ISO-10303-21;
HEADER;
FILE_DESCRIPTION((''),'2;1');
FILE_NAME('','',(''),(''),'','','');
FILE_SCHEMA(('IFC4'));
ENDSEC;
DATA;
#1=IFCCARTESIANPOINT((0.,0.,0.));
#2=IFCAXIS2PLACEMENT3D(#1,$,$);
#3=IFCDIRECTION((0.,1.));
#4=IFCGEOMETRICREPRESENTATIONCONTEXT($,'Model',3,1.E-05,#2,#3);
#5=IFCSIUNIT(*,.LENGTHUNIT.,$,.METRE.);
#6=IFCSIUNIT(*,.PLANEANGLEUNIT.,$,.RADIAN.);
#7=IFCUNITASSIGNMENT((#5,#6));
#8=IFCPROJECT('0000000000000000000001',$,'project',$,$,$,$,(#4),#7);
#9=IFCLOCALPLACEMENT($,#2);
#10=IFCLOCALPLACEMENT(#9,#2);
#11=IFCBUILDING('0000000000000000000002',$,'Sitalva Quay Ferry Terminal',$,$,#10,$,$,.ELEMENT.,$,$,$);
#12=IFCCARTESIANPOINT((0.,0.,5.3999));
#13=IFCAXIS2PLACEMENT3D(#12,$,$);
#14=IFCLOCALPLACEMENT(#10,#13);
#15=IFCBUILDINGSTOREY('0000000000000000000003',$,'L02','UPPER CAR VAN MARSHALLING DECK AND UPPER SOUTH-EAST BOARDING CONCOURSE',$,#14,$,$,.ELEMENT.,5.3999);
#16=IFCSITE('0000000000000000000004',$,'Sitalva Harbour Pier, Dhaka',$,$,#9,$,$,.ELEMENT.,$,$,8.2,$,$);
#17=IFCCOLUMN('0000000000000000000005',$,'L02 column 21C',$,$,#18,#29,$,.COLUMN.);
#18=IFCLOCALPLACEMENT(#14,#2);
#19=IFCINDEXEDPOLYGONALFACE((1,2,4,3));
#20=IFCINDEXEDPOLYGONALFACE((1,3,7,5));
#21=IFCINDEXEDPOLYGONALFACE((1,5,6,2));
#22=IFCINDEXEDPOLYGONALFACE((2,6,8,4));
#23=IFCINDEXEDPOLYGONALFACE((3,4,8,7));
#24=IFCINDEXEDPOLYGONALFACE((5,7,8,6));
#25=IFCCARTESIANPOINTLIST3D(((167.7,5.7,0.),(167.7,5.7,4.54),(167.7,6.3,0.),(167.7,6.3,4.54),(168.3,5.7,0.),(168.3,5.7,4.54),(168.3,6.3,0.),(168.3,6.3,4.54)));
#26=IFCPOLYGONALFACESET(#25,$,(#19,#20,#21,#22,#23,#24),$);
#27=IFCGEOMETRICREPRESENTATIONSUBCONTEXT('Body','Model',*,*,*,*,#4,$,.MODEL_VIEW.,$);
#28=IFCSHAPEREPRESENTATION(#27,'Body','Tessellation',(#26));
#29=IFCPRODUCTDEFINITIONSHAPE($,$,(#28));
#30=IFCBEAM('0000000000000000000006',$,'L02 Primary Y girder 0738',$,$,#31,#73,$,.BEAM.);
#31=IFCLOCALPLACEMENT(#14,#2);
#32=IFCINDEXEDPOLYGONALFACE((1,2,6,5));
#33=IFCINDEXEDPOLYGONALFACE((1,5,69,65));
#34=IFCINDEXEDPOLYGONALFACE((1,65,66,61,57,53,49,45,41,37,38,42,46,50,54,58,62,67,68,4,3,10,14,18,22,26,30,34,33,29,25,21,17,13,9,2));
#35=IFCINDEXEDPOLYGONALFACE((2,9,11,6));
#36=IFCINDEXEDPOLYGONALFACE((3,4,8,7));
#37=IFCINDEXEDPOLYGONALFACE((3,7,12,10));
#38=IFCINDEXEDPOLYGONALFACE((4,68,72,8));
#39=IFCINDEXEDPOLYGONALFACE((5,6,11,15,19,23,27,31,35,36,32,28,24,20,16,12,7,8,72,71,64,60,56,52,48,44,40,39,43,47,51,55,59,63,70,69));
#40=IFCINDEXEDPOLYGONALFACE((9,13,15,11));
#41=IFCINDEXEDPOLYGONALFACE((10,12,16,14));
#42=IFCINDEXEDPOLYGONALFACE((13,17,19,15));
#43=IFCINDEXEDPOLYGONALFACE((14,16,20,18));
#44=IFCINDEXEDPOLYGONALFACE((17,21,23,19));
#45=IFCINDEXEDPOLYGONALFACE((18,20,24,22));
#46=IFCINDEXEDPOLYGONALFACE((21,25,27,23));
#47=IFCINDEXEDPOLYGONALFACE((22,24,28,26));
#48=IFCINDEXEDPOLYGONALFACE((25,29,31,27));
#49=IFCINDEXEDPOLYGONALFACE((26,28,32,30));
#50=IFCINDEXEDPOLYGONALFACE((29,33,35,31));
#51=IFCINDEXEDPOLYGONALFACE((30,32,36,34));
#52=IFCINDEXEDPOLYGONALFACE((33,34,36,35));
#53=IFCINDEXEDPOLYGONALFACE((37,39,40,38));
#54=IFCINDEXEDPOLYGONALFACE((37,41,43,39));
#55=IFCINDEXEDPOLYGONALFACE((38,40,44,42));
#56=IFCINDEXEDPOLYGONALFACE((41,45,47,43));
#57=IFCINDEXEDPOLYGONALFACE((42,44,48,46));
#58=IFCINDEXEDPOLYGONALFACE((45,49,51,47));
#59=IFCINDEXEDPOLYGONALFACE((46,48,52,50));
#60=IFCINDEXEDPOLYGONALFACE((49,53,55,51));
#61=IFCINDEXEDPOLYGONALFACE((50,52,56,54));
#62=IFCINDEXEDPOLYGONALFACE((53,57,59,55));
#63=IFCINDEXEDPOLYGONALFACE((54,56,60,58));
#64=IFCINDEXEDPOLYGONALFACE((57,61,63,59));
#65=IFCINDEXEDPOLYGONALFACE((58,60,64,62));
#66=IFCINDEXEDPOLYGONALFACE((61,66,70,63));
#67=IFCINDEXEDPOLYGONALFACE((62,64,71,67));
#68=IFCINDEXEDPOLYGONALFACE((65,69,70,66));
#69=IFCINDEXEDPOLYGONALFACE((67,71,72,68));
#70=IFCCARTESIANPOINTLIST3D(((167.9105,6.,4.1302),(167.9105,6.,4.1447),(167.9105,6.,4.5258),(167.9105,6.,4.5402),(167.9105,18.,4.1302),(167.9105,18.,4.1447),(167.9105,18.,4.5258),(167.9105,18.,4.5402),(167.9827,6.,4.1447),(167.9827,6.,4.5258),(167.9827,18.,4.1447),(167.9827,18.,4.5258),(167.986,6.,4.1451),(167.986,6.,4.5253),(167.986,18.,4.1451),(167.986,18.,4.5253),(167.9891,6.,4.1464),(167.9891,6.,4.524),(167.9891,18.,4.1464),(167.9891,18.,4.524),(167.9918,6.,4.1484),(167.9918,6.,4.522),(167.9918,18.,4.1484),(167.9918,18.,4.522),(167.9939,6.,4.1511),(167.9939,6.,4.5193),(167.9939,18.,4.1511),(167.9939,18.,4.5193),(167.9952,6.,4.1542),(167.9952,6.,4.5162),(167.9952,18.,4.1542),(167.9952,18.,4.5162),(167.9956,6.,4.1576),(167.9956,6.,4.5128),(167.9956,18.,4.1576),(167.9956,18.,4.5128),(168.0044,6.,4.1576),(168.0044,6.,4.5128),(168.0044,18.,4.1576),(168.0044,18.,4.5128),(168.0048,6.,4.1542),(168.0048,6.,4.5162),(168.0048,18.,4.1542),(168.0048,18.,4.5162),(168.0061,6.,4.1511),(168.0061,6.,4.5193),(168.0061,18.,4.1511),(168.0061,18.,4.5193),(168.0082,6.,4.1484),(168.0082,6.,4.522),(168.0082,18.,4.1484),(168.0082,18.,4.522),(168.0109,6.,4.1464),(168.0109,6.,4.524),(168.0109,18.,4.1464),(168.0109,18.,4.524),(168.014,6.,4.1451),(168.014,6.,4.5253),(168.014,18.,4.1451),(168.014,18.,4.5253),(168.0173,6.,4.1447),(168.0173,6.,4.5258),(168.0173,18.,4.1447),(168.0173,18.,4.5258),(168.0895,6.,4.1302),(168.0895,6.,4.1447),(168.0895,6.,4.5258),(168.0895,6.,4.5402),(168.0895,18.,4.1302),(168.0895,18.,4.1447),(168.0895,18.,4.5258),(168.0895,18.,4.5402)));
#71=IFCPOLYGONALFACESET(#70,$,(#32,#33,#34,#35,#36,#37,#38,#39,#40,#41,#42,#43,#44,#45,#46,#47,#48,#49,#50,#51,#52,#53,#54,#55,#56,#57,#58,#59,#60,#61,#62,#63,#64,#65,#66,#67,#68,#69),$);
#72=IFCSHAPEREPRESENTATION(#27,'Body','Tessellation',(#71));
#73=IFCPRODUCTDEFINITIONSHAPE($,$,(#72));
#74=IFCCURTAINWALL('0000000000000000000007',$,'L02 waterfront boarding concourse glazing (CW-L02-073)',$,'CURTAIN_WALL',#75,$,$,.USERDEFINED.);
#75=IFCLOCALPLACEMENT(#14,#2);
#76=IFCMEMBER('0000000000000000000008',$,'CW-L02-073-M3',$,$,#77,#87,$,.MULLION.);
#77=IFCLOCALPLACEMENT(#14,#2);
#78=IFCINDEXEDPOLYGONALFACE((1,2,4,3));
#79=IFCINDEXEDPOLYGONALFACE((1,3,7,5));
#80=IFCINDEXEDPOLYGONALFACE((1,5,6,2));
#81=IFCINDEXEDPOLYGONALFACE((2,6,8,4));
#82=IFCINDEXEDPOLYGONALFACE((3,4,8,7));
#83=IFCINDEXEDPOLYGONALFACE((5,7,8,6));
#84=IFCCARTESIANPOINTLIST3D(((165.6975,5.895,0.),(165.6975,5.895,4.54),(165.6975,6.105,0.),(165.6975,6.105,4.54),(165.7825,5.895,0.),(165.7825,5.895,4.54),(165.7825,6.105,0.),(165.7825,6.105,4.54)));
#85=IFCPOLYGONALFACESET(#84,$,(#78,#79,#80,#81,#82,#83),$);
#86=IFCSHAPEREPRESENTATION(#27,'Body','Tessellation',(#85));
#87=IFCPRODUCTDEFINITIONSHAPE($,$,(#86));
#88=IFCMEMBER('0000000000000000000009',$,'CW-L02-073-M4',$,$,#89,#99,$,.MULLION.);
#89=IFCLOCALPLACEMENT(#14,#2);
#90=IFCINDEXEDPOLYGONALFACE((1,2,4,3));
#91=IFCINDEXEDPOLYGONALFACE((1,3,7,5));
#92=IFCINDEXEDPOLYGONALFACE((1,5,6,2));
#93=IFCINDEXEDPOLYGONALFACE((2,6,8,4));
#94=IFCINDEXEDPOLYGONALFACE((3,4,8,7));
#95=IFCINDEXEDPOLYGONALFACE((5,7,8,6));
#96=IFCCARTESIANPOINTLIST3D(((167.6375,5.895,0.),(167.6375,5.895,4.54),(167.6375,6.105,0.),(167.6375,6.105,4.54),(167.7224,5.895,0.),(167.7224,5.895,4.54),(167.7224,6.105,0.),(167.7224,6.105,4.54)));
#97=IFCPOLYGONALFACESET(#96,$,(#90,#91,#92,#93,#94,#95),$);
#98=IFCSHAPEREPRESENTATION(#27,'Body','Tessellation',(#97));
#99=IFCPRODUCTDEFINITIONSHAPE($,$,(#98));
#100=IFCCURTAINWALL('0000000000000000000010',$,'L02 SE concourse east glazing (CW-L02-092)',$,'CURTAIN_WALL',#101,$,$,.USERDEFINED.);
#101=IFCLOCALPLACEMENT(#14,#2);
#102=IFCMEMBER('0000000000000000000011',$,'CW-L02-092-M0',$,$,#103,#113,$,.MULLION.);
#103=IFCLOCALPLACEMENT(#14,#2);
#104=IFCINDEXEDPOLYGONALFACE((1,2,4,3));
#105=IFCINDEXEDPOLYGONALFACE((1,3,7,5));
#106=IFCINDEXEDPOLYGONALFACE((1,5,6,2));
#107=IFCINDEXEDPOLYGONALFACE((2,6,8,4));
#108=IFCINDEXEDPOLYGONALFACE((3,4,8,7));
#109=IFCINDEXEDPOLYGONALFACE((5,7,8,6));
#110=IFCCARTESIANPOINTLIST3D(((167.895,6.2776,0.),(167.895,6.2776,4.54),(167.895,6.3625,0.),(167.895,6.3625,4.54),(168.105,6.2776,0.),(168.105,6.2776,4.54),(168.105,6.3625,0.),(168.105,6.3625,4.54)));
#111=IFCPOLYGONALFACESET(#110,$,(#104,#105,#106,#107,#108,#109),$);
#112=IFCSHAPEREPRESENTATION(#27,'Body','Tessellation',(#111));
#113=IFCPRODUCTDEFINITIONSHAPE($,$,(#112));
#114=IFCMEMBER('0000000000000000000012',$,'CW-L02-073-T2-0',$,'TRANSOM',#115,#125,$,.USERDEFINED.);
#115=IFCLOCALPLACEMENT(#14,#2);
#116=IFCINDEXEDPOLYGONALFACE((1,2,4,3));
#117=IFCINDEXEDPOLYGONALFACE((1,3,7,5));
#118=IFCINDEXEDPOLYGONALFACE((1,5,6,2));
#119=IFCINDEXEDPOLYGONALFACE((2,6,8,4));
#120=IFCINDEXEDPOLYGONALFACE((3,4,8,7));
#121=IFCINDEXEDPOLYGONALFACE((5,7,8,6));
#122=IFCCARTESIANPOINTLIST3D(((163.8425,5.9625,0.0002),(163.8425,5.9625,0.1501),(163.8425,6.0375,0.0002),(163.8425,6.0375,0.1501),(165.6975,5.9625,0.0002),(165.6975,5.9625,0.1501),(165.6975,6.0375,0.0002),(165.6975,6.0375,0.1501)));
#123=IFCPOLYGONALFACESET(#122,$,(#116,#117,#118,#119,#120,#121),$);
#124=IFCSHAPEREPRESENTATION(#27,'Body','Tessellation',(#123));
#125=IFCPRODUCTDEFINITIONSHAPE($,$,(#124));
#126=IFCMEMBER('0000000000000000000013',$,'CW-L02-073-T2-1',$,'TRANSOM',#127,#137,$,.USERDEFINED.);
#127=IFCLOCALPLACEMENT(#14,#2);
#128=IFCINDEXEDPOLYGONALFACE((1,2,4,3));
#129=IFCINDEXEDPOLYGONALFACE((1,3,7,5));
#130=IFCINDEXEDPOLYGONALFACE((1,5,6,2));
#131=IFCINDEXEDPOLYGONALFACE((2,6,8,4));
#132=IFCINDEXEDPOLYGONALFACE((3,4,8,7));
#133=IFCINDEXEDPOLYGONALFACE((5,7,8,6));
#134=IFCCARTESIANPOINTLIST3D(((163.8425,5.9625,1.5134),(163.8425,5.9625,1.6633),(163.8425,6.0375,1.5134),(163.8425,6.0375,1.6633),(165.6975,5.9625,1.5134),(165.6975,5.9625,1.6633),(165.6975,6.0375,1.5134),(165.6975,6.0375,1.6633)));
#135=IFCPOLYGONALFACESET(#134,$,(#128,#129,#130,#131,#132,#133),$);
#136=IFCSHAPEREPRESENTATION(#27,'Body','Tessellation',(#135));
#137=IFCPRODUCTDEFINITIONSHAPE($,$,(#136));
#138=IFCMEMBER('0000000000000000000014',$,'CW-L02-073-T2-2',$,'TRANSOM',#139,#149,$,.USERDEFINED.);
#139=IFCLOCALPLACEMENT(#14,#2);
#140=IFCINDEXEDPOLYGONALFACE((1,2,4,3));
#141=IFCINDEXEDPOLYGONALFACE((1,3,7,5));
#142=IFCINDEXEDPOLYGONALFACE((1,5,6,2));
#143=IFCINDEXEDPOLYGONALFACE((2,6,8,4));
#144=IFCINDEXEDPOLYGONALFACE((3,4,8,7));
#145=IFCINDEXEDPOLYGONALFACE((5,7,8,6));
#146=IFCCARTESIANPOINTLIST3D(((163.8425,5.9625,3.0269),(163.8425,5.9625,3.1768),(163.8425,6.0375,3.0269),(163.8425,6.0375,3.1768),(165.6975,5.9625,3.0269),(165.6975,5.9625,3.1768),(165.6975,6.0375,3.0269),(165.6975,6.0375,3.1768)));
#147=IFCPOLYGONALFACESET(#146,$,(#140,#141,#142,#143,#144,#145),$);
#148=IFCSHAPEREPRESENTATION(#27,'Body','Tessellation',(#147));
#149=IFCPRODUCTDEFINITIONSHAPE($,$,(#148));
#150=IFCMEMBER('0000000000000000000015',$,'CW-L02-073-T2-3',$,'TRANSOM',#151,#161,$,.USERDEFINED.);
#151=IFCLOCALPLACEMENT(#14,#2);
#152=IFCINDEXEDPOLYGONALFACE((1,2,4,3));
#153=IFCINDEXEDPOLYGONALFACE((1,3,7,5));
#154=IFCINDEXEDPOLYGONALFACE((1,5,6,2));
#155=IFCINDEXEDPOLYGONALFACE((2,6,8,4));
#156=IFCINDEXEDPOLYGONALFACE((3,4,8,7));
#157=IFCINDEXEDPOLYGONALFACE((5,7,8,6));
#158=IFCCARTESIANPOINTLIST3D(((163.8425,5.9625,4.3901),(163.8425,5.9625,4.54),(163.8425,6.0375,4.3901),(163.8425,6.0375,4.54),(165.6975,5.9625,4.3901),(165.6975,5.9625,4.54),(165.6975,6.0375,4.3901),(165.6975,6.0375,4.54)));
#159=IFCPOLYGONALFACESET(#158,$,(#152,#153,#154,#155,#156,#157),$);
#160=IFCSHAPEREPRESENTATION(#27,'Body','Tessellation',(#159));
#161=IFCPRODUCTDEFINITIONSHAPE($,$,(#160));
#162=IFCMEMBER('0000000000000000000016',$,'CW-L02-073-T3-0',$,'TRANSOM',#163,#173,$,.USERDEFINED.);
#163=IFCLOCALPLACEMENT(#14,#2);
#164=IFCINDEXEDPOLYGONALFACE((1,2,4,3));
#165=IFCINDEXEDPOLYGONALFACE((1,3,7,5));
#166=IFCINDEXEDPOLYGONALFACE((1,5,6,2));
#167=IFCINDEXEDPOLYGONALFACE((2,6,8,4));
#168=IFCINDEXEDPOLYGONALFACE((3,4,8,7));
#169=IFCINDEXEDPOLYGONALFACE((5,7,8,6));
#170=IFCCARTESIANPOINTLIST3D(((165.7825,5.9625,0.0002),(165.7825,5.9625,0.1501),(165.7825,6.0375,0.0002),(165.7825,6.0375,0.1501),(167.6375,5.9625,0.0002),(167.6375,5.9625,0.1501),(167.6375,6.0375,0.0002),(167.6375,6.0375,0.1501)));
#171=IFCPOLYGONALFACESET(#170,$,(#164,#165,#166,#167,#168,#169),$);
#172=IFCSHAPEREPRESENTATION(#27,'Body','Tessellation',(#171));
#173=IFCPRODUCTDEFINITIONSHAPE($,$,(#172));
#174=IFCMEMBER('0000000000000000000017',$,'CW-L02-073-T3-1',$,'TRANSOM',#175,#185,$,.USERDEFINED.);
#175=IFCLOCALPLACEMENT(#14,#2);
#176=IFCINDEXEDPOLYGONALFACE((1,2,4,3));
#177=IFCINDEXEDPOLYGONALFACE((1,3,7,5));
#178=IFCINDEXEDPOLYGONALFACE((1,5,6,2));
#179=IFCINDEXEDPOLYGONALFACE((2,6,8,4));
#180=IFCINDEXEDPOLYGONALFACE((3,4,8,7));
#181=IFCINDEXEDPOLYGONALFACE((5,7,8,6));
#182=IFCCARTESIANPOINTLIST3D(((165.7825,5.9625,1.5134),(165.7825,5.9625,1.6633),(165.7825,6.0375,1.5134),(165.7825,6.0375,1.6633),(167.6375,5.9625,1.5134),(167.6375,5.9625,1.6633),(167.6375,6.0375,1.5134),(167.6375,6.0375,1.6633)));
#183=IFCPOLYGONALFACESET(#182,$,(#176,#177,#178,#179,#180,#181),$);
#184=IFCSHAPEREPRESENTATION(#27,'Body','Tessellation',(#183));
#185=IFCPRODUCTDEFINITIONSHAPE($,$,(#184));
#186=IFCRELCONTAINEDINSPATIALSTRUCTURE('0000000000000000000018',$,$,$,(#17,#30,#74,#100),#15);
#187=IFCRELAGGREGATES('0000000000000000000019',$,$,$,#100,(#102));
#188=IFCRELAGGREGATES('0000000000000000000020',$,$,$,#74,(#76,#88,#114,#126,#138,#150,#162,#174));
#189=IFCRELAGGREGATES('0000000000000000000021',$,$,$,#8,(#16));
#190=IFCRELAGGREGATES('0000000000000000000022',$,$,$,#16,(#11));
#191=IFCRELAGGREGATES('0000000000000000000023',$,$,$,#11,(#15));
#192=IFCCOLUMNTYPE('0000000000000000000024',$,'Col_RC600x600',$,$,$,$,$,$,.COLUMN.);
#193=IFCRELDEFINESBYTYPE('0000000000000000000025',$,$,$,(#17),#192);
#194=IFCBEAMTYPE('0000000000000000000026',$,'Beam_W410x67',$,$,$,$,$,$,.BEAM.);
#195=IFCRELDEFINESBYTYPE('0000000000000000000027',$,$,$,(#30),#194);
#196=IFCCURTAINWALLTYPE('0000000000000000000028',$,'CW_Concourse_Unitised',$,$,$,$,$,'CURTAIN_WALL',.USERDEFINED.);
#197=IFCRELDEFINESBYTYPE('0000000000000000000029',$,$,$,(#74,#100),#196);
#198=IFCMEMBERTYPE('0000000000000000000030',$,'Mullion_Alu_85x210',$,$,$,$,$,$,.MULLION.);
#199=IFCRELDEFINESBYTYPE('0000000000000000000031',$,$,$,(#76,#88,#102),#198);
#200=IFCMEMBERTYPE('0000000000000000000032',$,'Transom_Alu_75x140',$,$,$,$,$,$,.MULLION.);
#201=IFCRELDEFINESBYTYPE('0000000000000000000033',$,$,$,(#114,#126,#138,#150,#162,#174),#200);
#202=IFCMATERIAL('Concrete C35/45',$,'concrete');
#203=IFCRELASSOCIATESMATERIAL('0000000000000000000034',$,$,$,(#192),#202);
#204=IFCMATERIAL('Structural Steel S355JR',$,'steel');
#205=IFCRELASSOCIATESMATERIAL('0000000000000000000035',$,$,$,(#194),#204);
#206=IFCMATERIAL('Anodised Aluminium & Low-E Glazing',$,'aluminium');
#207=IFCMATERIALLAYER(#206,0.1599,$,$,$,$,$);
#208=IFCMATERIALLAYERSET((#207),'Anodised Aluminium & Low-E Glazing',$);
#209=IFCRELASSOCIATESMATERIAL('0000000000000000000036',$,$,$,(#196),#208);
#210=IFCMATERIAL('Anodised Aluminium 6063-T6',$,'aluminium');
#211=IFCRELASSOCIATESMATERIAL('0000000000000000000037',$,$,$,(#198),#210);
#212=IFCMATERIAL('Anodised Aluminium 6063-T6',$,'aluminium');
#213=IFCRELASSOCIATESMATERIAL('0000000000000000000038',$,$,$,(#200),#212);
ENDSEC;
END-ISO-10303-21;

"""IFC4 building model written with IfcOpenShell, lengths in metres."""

from ifc_helpers import new_model, si_unit, direction, frame, origin, origin_2d, place, context, subcontext, project, spatial, rectangle, i_section, extrude, material, layer, layer_set, material_profile, profile_set, type_object, element, aggregate, save


model = new_model("IFC4")

# Units and contexts
model_context = context("Model", 3, precision=1e-05, world=origin(), true_north=direction((0.0, 1.0)))
body_context = subcontext(model_context, "Body", "Model", "MODEL_VIEW")
ifc_project = project(units=[si_unit("LENGTHUNIT", "METRE"), si_unit("PLANEANGLEUNIT", "RADIAN")], contexts=[model_context])

# Site, building, storey
site_placement = place(None, origin())
site = spatial("IfcSite", under=ifc_project, at=site_placement, Name="Sitalva Harbour Pier, Dhaka", CompositionType="ELEMENT", RefElevation=8.2)
building_placement = place(site_placement, origin())
building = spatial("IfcBuilding", under=site, at=building_placement, Name="Sitalva Quay Ferry Terminal", CompositionType="ELEMENT")
storey_placement = place(building_placement, frame((0.0, 0.0, 5.3999)))
storey = spatial("IfcBuildingStorey", under=building, at=storey_placement, Name="L02", Description="UPPER CAR VAN MARSHALLING DECK AND UPPER SOUTH-EAST BOARDING CONCOURSE", CompositionType="ELEMENT", Elevation=5.3999)

# Column
ifc_material_1 = material(Name="Concrete C35/45", Category="concrete")
ifc_material_profile_1 = material_profile(ifc_material_1, rectangle(XDim=0.6001, YDim=0.6001, at=origin_2d()), Name="RC600x600")
ifc_profile_set_1 = profile_set([ifc_material_profile_1], Name="Concrete C35/45")
column_type = type_object("IfcColumnType", Name="Col_RC600x600", PredefinedType="COLUMN", material=ifc_profile_set_1)
column_placement = place(storey_placement, frame((168.0, 6.0, 0.0), z_axis=(0.0, 0.0, 1.0), x_axis=(1.0, 0.0, 0.0)))
element("IfcColumn", 1, at=column_placement, inside=storey, type_object=column_type, Name="L02 column 21C", PredefinedType="COLUMN", context=body_context, shape_type="SweptSolid", body=[
    extrude(rectangle(XDim=0.6001, YDim=0.6001, at=origin_2d()), origin(), (0.0, 0.0, 1.0), 4.54),
])

# Beam
ifc_material_2 = material(Name="Structural Steel S355JR", Category="steel")
ifc_material_profile_2 = material_profile(ifc_material_2, i_section(OverallWidth=0.179, OverallDepth=0.4099, WebThickness=0.0088, FlangeThickness=0.0144, FilletRadius=0.0129, at=origin_2d()), Name="W410x67")
ifc_profile_set_2 = profile_set([ifc_material_profile_2], Name="Structural Steel S355JR")
beam_type = type_object("IfcBeamType", Name="Beam_W410x67", PredefinedType="BEAM", material=ifc_profile_set_2)
beam_placement = place(storey_placement, frame((168.0, 6.0, 4.3352), z_axis=(0.0, 1.0, 0.0), x_axis=(-1.0, 0.0, 0.0)))
element("IfcBeam", 2, at=beam_placement, inside=storey, type_object=beam_type, Name="L02 Primary Y girder 0738", PredefinedType="BEAM", context=body_context, shape_type="SweptSolid", body=[
    extrude(i_section(OverallWidth=0.179, OverallDepth=0.4099, WebThickness=0.0088, FlangeThickness=0.0144, FilletRadius=0.0129, at=origin_2d()), origin(), (0.0, 0.0, 1.0), 12.0),
])

# Curtain wall, members
ifc_material_3 = material(Name="Anodised Aluminium & Low-E Glazing", Category="aluminium")
ifc_layer_1 = layer(ifc_material_3, 0.1599)
ifc_layer_set_1 = layer_set([ifc_layer_1], Name="Anodised Aluminium & Low-E Glazing")
curtain_wall_type = type_object("IfcCurtainWallType", Name="CW_Concourse_Unitised", ElementType="CURTAIN_WALL", PredefinedType="USERDEFINED", material=ifc_layer_set_1)
curtain_wall_1_placement = place(storey_placement, origin())
curtain_wall_1 = element("IfcCurtainWall", 3, at=curtain_wall_1_placement, inside=storey, type_object=curtain_wall_type, Name="L02 waterfront boarding concourse glazing (CW-L02-073)", ObjectType="CURTAIN_WALL", PredefinedType="USERDEFINED")
ifc_material_4 = material(Name="Anodised Aluminium 6063-T6", Category="aluminium")
ifc_material_profile_3 = material_profile(ifc_material_4, rectangle(XDim=0.085, YDim=0.21, at=origin_2d()), Name="ALU85x210")
ifc_profile_set_3 = profile_set([ifc_material_profile_3], Name="Anodised Aluminium 6063-T6")
member_type_1 = type_object("IfcMemberType", Name="Mullion_Alu_85x210", PredefinedType="MULLION", material=ifc_profile_set_3)
member_1_placement = place(storey_placement, frame((165.74, 6.0, 0.0), z_axis=(0.0, 0.0, 1.0), x_axis=(1.0, 0.0, 0.0)))
member_1 = element("IfcMember", 4, at=member_1_placement, type_object=member_type_1, Name="CW-L02-073-M3", PredefinedType="MULLION", context=body_context, shape_type="SweptSolid", body=[
    extrude(rectangle(XDim=0.085, YDim=0.21, at=origin_2d()), origin(), (0.0, 0.0, 1.0), 4.54),
])
member_2_placement = place(storey_placement, frame((167.6799, 6.0, 0.0), z_axis=(0.0, 0.0, 1.0), x_axis=(1.0, 0.0, 0.0)))
member_2 = element("IfcMember", 5, at=member_2_placement, type_object=member_type_1, Name="CW-L02-073-M4", PredefinedType="MULLION", context=body_context, shape_type="SweptSolid", body=[
    extrude(rectangle(XDim=0.085, YDim=0.21, at=origin_2d()), origin(), (0.0, 0.0, 1.0), 4.54),
])

# Curtain wall, member
curtain_wall_2_placement = place(storey_placement, origin())
curtain_wall_2 = element("IfcCurtainWall", 6, at=curtain_wall_2_placement, inside=storey, type_object=curtain_wall_type, Name="L02 SE concourse east glazing (CW-L02-092)", ObjectType="CURTAIN_WALL", PredefinedType="USERDEFINED")
member_3_placement = place(storey_placement, frame((168.0, 6.3201, 0.0), z_axis=(0.0, 0.0, 1.0), x_axis=(0.0, 1.0, 0.0)))
member_3 = element("IfcMember", 7, at=member_3_placement, type_object=member_type_1, Name="CW-L02-092-M0", PredefinedType="MULLION", context=body_context, shape_type="SweptSolid", body=[
    extrude(rectangle(XDim=0.085, YDim=0.21, at=origin_2d()), origin(), (0.0, 0.0, 1.0), 4.54),
])

# Members
ifc_material_5 = material(Name="Anodised Aluminium 6063-T6", Category="aluminium")
ifc_material_profile_4 = material_profile(ifc_material_5, rectangle(XDim=0.075, YDim=0.1499, at=origin_2d()), Name="ALU75x150")
ifc_profile_set_4 = profile_set([ifc_material_profile_4], Name="Anodised Aluminium 6063-T6")
member_type_2 = type_object("IfcMemberType", Name="Transom_Alu_75x140", PredefinedType="MULLION", material=ifc_profile_set_4)
member_4_placement = place(storey_placement, frame((163.8425, 6.0, 0.0752), z_axis=(1.0, 0.0, 0.0), x_axis=(0.0, 1.0, 0.0)))
member_4 = element("IfcMember", 8, at=member_4_placement, type_object=member_type_2, Name="CW-L02-073-T2-0", ObjectType="TRANSOM", PredefinedType="USERDEFINED", context=body_context, shape_type="SweptSolid", body=[
    extrude(rectangle(XDim=0.075, YDim=0.1499, at=origin_2d()), origin(), (0.0, 0.0, 1.0), 1.855),
])
member_5_placement = place(storey_placement, frame((163.8425, 6.0, 1.5884), z_axis=(1.0, 0.0, 0.0), x_axis=(0.0, 1.0, 0.0)))
member_5 = element("IfcMember", 9, at=member_5_placement, type_object=member_type_2, Name="CW-L02-073-T2-1", ObjectType="TRANSOM", PredefinedType="USERDEFINED", context=body_context, shape_type="SweptSolid", body=[
    extrude(rectangle(XDim=0.075, YDim=0.1499, at=origin_2d()), origin(), (0.0, 0.0, 1.0), 1.855),
])
member_6_placement = place(storey_placement, frame((163.8425, 6.0, 3.1018), z_axis=(1.0, 0.0, 0.0), x_axis=(0.0, 1.0, 0.0)))
member_6 = element("IfcMember", 10, at=member_6_placement, type_object=member_type_2, Name="CW-L02-073-T2-2", ObjectType="TRANSOM", PredefinedType="USERDEFINED", context=body_context, shape_type="SweptSolid", body=[
    extrude(rectangle(XDim=0.075, YDim=0.1499, at=origin_2d()), origin(), (0.0, 0.0, 1.0), 1.855),
])
member_7_placement = place(storey_placement, frame((163.8425, 6.0, 4.4651), z_axis=(1.0, 0.0, 0.0), x_axis=(0.0, 1.0, 0.0)))
member_7 = element("IfcMember", 11, at=member_7_placement, type_object=member_type_2, Name="CW-L02-073-T2-3", ObjectType="TRANSOM", PredefinedType="USERDEFINED", context=body_context, shape_type="SweptSolid", body=[
    extrude(rectangle(XDim=0.075, YDim=0.1499, at=origin_2d()), origin(), (0.0, 0.0, 1.0), 1.855),
])
member_8_placement = place(storey_placement, frame((165.7825, 6.0, 0.0752), z_axis=(1.0, 0.0, 0.0), x_axis=(0.0, 1.0, 0.0)))
member_8 = element("IfcMember", 12, at=member_8_placement, type_object=member_type_2, Name="CW-L02-073-T3-0", ObjectType="TRANSOM", PredefinedType="USERDEFINED", context=body_context, shape_type="SweptSolid", body=[
    extrude(rectangle(XDim=0.075, YDim=0.1499, at=origin_2d()), origin(), (0.0, 0.0, 1.0), 1.855),
])
member_9_placement = place(storey_placement, frame((165.7825, 6.0, 1.5884), z_axis=(1.0, 0.0, 0.0), x_axis=(0.0, 1.0, 0.0)))
member_9 = element("IfcMember", 13, at=member_9_placement, type_object=member_type_2, Name="CW-L02-073-T3-1", ObjectType="TRANSOM", PredefinedType="USERDEFINED", context=body_context, shape_type="SweptSolid", body=[
    extrude(rectangle(XDim=0.075, YDim=0.1499, at=origin_2d()), origin(), (0.0, 0.0, 1.0), 1.855),
])
aggregate(curtain_wall_2, [member_3])

aggregate(curtain_wall_1, [member_1, member_2, member_4, member_5, member_6, member_7, member_8, member_9])

save(model, "model.ifc")
